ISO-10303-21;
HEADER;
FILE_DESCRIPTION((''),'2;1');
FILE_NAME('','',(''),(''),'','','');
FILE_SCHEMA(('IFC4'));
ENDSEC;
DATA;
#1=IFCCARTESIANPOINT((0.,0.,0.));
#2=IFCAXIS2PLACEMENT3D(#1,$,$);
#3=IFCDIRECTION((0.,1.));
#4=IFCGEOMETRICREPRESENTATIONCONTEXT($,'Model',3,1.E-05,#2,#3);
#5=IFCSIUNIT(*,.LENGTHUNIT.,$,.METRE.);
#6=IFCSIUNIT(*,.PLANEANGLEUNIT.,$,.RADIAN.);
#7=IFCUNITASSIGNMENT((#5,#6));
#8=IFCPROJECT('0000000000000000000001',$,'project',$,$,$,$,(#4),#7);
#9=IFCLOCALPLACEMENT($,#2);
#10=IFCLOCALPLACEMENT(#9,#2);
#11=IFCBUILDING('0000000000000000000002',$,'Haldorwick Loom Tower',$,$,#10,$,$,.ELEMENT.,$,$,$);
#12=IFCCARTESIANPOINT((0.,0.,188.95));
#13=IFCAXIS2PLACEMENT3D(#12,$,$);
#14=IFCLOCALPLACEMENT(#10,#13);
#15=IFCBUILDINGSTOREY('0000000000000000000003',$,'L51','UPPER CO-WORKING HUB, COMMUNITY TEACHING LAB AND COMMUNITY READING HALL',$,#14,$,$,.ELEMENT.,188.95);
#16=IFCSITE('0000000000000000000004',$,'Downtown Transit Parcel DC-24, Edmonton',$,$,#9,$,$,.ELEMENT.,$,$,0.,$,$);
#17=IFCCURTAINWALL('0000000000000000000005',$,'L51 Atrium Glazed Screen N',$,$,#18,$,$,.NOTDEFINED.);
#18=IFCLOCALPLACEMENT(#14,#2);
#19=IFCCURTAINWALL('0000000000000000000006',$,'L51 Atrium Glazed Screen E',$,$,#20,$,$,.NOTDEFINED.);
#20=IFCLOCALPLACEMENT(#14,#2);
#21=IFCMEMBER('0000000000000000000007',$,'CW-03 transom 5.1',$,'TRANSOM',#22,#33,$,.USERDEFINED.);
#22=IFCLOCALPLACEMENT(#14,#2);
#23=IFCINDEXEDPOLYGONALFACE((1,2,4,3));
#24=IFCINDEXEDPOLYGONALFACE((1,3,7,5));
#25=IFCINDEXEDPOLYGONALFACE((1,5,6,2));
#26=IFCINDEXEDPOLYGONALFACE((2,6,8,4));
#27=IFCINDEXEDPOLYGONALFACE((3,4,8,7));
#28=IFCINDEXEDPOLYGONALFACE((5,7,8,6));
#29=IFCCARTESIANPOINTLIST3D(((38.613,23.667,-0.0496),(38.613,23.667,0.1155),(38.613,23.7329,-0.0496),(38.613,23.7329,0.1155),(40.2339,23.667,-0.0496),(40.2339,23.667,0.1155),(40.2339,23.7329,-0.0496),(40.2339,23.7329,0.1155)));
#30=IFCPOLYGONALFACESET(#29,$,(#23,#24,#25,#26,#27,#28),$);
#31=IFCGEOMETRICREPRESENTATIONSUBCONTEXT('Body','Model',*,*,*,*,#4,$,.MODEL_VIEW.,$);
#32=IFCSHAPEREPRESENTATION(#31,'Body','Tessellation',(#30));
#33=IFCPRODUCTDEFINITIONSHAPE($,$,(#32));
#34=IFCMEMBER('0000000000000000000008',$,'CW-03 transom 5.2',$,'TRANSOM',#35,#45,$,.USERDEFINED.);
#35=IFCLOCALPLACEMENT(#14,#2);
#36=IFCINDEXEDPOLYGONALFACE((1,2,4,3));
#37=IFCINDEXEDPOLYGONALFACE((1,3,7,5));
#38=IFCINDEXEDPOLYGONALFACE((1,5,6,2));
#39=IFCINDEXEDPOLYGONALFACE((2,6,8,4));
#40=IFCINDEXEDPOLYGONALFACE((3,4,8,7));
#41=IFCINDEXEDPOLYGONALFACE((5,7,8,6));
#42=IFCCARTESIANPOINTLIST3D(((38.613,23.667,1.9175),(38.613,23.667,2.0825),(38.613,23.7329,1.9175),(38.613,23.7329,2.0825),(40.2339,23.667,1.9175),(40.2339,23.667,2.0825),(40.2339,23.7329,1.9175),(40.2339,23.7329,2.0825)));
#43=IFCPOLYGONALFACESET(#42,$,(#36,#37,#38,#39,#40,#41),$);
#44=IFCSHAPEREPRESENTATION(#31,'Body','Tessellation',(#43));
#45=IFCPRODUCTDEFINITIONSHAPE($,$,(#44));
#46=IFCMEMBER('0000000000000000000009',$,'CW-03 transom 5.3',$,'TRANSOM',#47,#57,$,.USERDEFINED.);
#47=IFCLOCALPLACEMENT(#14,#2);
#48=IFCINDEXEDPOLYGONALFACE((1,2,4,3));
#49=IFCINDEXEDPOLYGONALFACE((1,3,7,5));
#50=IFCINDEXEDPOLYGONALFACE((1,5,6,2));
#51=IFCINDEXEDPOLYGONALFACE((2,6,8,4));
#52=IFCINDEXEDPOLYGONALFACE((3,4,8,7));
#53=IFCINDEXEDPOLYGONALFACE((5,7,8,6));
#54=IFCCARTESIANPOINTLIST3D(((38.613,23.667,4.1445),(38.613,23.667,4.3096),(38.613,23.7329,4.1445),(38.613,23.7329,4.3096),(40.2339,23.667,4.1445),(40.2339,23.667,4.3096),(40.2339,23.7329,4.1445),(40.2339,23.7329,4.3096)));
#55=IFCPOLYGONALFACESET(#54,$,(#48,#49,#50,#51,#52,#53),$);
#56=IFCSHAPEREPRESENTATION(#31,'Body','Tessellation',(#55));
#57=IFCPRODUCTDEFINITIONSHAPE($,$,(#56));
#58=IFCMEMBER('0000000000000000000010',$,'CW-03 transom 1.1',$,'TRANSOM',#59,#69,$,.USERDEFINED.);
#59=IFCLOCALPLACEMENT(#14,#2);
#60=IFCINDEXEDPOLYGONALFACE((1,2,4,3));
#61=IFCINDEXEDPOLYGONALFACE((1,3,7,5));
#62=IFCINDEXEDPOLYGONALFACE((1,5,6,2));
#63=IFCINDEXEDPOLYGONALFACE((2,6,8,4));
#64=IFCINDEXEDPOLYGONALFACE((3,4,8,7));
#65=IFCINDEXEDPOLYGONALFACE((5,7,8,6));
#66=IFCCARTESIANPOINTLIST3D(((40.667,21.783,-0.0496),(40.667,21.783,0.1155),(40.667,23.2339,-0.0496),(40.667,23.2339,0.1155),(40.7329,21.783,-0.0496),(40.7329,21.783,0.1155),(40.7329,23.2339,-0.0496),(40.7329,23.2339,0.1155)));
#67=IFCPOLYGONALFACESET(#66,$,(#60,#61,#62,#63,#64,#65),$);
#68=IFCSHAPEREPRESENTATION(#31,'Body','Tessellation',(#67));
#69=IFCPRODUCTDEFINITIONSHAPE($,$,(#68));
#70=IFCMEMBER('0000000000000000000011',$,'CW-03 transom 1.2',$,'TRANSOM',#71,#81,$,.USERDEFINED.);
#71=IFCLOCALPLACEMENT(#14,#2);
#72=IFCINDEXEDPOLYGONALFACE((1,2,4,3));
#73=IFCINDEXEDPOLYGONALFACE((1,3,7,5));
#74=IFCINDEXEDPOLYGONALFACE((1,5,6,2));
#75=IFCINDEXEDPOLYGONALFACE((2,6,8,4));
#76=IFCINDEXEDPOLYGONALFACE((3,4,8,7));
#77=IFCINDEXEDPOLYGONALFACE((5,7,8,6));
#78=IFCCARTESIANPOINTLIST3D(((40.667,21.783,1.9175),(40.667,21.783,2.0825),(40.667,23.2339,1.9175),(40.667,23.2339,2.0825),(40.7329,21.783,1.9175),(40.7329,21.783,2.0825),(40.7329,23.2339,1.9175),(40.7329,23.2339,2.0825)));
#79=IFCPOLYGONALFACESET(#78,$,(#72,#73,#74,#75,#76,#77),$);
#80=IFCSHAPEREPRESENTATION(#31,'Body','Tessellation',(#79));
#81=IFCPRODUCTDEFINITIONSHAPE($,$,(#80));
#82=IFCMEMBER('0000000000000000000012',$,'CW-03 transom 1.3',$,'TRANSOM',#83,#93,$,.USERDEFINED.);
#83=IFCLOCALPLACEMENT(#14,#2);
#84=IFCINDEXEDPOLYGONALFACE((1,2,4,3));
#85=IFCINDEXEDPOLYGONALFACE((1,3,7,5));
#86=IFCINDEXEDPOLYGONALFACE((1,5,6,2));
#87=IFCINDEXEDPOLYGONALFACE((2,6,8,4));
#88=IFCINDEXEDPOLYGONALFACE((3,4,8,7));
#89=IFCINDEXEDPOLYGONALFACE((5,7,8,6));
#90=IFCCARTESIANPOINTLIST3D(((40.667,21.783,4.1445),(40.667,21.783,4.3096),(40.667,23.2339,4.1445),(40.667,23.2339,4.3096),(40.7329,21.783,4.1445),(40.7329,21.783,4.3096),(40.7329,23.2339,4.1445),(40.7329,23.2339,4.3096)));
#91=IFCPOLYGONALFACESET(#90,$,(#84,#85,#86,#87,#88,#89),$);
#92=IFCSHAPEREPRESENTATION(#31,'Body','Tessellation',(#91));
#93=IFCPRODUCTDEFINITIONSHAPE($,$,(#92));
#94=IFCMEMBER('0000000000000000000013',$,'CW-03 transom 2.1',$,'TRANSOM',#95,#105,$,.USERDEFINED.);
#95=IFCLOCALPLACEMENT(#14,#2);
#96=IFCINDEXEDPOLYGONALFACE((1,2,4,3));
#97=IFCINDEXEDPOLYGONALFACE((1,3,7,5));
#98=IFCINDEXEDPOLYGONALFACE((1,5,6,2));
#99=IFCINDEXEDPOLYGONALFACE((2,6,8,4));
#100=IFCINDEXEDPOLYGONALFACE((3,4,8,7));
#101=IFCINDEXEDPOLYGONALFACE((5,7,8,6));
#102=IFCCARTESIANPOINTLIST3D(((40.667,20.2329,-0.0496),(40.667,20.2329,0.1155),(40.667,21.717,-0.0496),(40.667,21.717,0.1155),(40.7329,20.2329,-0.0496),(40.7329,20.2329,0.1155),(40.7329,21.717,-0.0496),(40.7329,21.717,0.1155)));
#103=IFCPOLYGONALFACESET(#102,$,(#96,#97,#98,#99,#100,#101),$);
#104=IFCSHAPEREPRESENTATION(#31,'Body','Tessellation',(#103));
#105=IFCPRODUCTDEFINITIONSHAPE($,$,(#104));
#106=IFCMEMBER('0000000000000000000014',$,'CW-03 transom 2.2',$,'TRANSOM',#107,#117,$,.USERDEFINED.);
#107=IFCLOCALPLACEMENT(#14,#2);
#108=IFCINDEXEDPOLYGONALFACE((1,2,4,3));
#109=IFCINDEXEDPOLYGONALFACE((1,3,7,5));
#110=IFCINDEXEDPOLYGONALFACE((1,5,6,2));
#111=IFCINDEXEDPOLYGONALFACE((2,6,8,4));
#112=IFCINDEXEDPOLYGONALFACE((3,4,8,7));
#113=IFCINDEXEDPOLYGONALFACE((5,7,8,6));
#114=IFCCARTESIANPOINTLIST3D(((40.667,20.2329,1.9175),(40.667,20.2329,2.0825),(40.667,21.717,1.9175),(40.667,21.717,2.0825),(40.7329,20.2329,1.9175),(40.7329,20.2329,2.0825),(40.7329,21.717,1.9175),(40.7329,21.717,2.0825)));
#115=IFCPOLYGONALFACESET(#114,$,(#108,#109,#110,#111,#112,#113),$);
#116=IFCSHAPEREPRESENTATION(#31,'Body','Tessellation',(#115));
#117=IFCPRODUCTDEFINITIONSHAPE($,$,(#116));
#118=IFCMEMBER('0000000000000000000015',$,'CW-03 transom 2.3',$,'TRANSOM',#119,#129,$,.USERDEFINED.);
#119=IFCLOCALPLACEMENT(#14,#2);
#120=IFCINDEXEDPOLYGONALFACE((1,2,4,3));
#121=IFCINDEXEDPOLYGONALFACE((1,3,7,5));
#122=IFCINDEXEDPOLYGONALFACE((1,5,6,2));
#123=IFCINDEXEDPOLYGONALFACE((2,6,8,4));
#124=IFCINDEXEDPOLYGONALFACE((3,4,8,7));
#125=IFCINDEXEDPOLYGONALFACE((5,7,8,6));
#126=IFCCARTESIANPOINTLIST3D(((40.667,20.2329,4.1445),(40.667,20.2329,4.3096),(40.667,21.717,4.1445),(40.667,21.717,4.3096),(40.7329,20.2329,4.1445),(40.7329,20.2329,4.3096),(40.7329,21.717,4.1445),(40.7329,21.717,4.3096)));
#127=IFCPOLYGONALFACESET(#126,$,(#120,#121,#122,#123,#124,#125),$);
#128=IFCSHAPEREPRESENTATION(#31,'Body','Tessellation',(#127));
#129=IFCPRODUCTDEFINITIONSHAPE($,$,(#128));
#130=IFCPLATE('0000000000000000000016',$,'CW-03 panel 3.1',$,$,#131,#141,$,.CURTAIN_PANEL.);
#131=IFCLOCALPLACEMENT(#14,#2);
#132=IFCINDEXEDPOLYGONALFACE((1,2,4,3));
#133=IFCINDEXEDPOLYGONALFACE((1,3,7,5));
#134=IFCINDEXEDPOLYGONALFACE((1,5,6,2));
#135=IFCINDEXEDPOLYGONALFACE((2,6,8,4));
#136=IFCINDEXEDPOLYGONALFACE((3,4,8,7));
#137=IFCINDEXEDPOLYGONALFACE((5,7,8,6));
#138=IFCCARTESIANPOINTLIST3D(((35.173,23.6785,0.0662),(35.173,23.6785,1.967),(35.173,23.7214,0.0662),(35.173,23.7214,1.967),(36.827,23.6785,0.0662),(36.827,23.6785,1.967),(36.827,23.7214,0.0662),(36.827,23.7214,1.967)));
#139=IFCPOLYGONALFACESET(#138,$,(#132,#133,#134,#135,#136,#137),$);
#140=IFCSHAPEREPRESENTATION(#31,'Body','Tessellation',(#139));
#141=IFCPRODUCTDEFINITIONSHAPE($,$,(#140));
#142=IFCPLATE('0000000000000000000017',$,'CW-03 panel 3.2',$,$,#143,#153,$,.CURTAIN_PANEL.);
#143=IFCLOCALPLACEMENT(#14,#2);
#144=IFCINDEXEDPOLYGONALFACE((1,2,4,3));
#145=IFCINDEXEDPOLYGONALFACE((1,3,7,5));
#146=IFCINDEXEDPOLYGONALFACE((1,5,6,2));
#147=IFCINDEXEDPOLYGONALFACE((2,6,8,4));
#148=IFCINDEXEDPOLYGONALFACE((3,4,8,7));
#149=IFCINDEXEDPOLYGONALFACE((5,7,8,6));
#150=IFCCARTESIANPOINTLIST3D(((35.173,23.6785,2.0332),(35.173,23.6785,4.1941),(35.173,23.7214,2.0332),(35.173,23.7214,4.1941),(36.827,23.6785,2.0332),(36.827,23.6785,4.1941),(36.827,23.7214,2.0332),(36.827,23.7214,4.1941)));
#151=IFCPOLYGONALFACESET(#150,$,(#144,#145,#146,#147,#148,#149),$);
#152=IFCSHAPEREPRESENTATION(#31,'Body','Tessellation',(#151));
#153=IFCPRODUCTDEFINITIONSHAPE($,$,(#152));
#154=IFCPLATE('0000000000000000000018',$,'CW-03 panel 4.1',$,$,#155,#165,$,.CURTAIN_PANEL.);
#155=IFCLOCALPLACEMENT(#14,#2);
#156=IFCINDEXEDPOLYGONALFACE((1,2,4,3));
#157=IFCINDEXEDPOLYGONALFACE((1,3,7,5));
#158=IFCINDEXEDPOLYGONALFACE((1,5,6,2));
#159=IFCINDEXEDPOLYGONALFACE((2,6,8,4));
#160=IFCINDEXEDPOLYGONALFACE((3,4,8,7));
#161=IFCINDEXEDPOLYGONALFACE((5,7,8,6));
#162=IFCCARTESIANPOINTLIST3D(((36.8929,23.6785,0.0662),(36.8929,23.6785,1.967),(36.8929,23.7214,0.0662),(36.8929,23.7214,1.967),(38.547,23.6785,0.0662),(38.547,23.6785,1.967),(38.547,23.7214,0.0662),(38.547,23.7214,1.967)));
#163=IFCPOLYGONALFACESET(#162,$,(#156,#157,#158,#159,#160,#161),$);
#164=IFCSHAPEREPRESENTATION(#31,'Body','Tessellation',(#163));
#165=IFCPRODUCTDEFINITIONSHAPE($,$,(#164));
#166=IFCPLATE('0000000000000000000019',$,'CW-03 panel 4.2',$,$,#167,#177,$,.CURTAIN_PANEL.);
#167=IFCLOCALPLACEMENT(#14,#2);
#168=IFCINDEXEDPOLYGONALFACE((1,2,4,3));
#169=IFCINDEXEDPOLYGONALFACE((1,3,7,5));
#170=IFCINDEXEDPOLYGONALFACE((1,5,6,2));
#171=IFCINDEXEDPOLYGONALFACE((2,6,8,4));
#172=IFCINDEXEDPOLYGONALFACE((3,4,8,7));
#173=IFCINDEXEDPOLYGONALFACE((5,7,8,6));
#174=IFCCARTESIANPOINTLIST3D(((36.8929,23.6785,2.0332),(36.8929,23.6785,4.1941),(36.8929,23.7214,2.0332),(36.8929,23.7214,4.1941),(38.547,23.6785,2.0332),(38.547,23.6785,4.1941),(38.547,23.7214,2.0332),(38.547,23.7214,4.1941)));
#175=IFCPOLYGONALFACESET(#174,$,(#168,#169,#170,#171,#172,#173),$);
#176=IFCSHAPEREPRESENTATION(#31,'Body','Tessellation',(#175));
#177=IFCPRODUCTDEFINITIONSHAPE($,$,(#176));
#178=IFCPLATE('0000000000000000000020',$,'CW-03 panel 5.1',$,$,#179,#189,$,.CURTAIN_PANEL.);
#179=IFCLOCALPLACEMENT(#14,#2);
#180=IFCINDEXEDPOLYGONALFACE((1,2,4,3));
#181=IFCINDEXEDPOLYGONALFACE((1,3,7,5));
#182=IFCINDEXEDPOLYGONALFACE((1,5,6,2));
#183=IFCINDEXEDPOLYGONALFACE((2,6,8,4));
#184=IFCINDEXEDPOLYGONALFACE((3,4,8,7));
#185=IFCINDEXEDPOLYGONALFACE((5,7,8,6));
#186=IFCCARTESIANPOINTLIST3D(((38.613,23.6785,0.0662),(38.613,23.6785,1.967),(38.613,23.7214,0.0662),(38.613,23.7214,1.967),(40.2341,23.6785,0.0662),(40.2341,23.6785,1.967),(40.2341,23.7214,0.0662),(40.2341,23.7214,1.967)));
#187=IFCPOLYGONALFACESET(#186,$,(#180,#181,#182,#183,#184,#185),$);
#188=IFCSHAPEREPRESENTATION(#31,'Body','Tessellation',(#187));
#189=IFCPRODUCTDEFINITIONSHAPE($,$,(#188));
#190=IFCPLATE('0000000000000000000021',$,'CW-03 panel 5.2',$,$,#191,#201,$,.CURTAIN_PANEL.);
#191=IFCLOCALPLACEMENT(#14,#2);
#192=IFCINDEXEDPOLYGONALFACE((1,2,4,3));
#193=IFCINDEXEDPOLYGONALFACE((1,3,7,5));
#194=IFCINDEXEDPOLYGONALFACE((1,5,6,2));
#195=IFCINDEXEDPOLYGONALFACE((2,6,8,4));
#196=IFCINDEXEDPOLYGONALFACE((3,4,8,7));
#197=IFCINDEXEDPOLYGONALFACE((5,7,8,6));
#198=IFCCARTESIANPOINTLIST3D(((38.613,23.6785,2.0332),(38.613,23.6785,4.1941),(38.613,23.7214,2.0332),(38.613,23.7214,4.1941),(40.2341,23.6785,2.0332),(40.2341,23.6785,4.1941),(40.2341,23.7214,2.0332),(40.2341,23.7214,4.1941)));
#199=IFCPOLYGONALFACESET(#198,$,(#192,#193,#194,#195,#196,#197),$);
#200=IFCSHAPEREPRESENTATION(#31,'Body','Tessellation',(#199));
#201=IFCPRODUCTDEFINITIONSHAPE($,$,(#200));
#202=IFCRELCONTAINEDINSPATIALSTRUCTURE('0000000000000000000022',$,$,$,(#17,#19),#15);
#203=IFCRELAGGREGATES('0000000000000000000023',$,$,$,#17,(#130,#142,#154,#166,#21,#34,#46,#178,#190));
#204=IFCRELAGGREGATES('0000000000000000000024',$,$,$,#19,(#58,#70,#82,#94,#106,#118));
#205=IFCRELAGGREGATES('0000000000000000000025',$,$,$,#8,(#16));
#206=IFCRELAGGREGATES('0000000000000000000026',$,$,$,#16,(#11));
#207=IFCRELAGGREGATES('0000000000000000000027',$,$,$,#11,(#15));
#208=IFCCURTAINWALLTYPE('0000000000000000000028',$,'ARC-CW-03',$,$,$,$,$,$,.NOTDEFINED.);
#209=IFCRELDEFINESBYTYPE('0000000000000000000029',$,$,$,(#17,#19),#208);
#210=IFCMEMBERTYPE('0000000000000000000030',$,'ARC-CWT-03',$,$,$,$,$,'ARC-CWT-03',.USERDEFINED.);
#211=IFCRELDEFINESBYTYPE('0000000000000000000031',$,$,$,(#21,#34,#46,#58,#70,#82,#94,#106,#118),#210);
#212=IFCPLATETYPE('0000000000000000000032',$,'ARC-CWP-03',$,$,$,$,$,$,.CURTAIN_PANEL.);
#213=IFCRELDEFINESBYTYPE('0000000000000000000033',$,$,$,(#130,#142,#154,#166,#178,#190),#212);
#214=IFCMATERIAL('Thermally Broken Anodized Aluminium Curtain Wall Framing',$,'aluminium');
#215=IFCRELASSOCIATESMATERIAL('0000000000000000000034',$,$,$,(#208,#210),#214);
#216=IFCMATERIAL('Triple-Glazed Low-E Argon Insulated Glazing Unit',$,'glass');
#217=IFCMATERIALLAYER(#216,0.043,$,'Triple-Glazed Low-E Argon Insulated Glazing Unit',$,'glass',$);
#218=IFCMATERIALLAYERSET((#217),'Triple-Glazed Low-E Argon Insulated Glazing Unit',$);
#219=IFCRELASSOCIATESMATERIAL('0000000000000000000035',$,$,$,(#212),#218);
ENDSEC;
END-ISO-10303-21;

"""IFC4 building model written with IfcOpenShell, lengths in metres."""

from ifc_helpers import new_model, si_unit, direction, frame, origin, origin_2d, place, context, subcontext, project, spatial, rectangle, extrude, material, layer, layer_set, material_profile, profile_set, type_object, element, aggregate, save


model = new_model("IFC4")

# Units and contexts
model_context = context("Model", 3, precision=1e-05, world=origin(), true_north=direction((0.0, 1.0)))
body_context = subcontext(model_context, "Body", "Model", "MODEL_VIEW")
ifc_project = project(units=[si_unit("LENGTHUNIT", "METRE"), si_unit("PLANEANGLEUNIT", "RADIAN")], contexts=[model_context])

# Site, building, storey
site_placement = place(None, origin())
site = spatial("IfcSite", under=ifc_project, at=site_placement, Name="Downtown Transit Parcel DC-24, Edmonton", CompositionType="ELEMENT", RefElevation=0.0)
building_placement = place(site_placement, origin())
building = spatial("IfcBuilding", under=site, at=building_placement, Name="Haldorwick Loom Tower", CompositionType="ELEMENT")
storey_placement = place(building_placement, frame((0.0, 0.0, 188.95)))
storey = spatial("IfcBuildingStorey", under=building, at=storey_placement, Name="L51", Description="UPPER CO-WORKING HUB, COMMUNITY TEACHING LAB AND COMMUNITY READING HALL", CompositionType="ELEMENT", Elevation=188.95)

# Curtain walls
ifc_material_1 = material(Name="Thermally Broken Anodized Aluminium Curtain Wall Framing", Category="aluminium")
curtain_wall_type = type_object("IfcCurtainWallType", Name="ARC-CW-03", PredefinedType="NOTDEFINED", material=ifc_material_1)
curtain_wall_1_placement = place(storey_placement, origin())
curtain_wall_1 = element("IfcCurtainWall", 1, at=curtain_wall_1_placement, inside=storey, type_object=curtain_wall_type, Name="L51 Atrium Glazed Screen N", PredefinedType="NOTDEFINED")
curtain_wall_2_placement = place(storey_placement, origin())
curtain_wall_2 = element("IfcCurtainWall", 2, at=curtain_wall_2_placement, inside=storey, type_object=curtain_wall_type, Name="L51 Atrium Glazed Screen E", PredefinedType="NOTDEFINED")

# Members
ifc_material_profile_1 = material_profile(ifc_material_1, rectangle(XDim=0.0659, YDim=0.165, at=origin_2d()), Name="ALU_TRN_66X165", Category="aluminium")
ifc_profile_set_1 = profile_set([ifc_material_profile_1], Name="Thermally Broken Anodized Aluminium Curtain Wall Framing")
member_type_1 = type_object("IfcMemberType", Name="ARC-CWT-03", ElementType="ARC-CWT-03", PredefinedType="USERDEFINED", material=ifc_profile_set_1)
member_1_placement = place(storey_placement, frame((38.613, 23.7, 0.033), z_axis=(1.0, 0.0, 0.0), x_axis=(0.0, 1.0, 0.0)))
member_1 = element("IfcMember", 3, at=member_1_placement, type_object=member_type_1, Name="CW-03 transom 5.1", ObjectType="TRANSOM", PredefinedType="USERDEFINED", context=body_context, shape_type="SweptSolid", body=[
    extrude(rectangle(XDim=0.0659, YDim=0.165, at=origin_2d()), origin(), (0.0, 0.0, 1.0), 1.6208),
])
member_2_placement = place(storey_placement, frame((38.613, 23.7, 2.0), z_axis=(1.0, 0.0, 0.0), x_axis=(0.0, 1.0, 0.0)))
member_2 = element("IfcMember", 4, at=member_2_placement, type_object=member_type_1, Name="CW-03 transom 5.2", ObjectType="TRANSOM", PredefinedType="USERDEFINED", context=body_context, shape_type="SweptSolid", body=[
    extrude(rectangle(XDim=0.0659, YDim=0.165, at=origin_2d()), origin(), (0.0, 0.0, 1.0), 1.6208),
])
member_3_placement = place(storey_placement, frame((38.613, 23.7, 4.2271), z_axis=(1.0, 0.0, 0.0), x_axis=(0.0, 1.0, 0.0)))
member_3 = element("IfcMember", 5, at=member_3_placement, type_object=member_type_1, Name="CW-03 transom 5.3", ObjectType="TRANSOM", PredefinedType="USERDEFINED", context=body_context, shape_type="SweptSolid", body=[
    extrude(rectangle(XDim=0.0659, YDim=0.165, at=origin_2d()), origin(), (0.0, 0.0, 1.0), 1.6208),
])
member_4_placement = place(storey_placement, frame((40.7, 23.2339, 0.033), z_axis=(0.0, -1.0, 0.0), x_axis=(1.0, 0.0, 0.0)))
member_4 = element("IfcMember", 6, at=member_4_placement, type_object=member_type_1, Name="CW-03 transom 1.1", ObjectType="TRANSOM", PredefinedType="USERDEFINED", context=body_context, shape_type="SweptSolid", body=[
    extrude(rectangle(XDim=0.0659, YDim=0.165, at=origin_2d()), origin(), (0.0, 0.0, 1.0), 1.4509),
])
member_5_placement = place(storey_placement, frame((40.7, 23.2339, 2.0), z_axis=(0.0, -1.0, 0.0), x_axis=(1.0, 0.0, 0.0)))
member_5 = element("IfcMember", 7, at=member_5_placement, type_object=member_type_1, Name="CW-03 transom 1.2", ObjectType="TRANSOM", PredefinedType="USERDEFINED", context=body_context, shape_type="SweptSolid", body=[
    extrude(rectangle(XDim=0.0659, YDim=0.165, at=origin_2d()), origin(), (0.0, 0.0, 1.0), 1.4509),
])
member_6_placement = place(storey_placement, frame((40.7, 23.2339, 4.2271), z_axis=(0.0, -1.0, 0.0), x_axis=(1.0, 0.0, 0.0)))
member_6 = element("IfcMember", 8, at=member_6_placement, type_object=member_type_1, Name="CW-03 transom 1.3", ObjectType="TRANSOM", PredefinedType="USERDEFINED", context=body_context, shape_type="SweptSolid", body=[
    extrude(rectangle(XDim=0.0659, YDim=0.165, at=origin_2d()), origin(), (0.0, 0.0, 1.0), 1.4509),
])
member_7_placement = place(storey_placement, frame((40.7, 21.717, 0.033), z_axis=(0.0, -1.0, 0.0), x_axis=(1.0, 0.0, 0.0)))
member_7 = element("IfcMember", 9, at=member_7_placement, type_object=member_type_1, Name="CW-03 transom 2.1", ObjectType="TRANSOM", PredefinedType="USERDEFINED", context=body_context, shape_type="SweptSolid", body=[
    extrude(rectangle(XDim=0.0659, YDim=0.165, at=origin_2d()), origin(), (0.0, 0.0, 1.0), 1.4841),
])
member_8_placement = place(storey_placement, frame((40.7, 21.717, 2.0), z_axis=(0.0, -1.0, 0.0), x_axis=(1.0, 0.0, 0.0)))
member_8 = element("IfcMember", 10, at=member_8_placement, type_object=member_type_1, Name="CW-03 transom 2.2", ObjectType="TRANSOM", PredefinedType="USERDEFINED", context=body_context, shape_type="SweptSolid", body=[
    extrude(rectangle(XDim=0.0659, YDim=0.165, at=origin_2d()), origin(), (0.0, 0.0, 1.0), 1.4841),
])
member_9_placement = place(storey_placement, frame((40.7, 21.717, 4.2271), z_axis=(0.0, -1.0, 0.0), x_axis=(1.0, 0.0, 0.0)))
member_9 = element("IfcMember", 11, at=member_9_placement, type_object=member_type_1, Name="CW-03 transom 2.3", ObjectType="TRANSOM", PredefinedType="USERDEFINED", context=body_context, shape_type="SweptSolid", body=[
    extrude(rectangle(XDim=0.0659, YDim=0.165, at=origin_2d()), origin(), (0.0, 0.0, 1.0), 1.4841),
])

# Plates
ifc_material_2 = material(Name="Triple-Glazed Low-E Argon Insulated Glazing Unit", Category="glass")
ifc_layer_1 = layer(ifc_material_2, 0.043, Name="Triple-Glazed Low-E Argon Insulated Glazing Unit", Category="glass")
ifc_layer_set_1 = layer_set([ifc_layer_1], Name="Triple-Glazed Low-E Argon Insulated Glazing Unit")
plate_type = type_object("IfcPlateType", Name="ARC-CWP-03", PredefinedType="CURTAIN_PANEL", material=ifc_layer_set_1)
plate_1_placement = place(storey_placement, frame((36.0, 23.7, 0.0662), z_axis=(0.0, 0.0, 1.0), x_axis=(1.0, 0.0, 0.0)))
plate_1 = element("IfcPlate", 12, at=plate_1_placement, type_object=plate_type, Name="CW-03 panel 3.1", PredefinedType="CURTAIN_PANEL", context=body_context, shape_type="SweptSolid", body=[
    extrude(rectangle(XDim=1.6541, YDim=0.043, at=origin_2d()), origin(), (0.0, 0.0, 1.0), 1.9009),
])
plate_2_placement = place(storey_placement, frame((36.0, 23.7, 2.0332), z_axis=(0.0, 0.0, 1.0), x_axis=(1.0, 0.0, 0.0)))
plate_2 = element("IfcPlate", 13, at=plate_2_placement, type_object=plate_type, Name="CW-03 panel 3.2", PredefinedType="CURTAIN_PANEL", context=body_context, shape_type="SweptSolid", body=[
    extrude(rectangle(XDim=1.6541, YDim=0.043, at=origin_2d()), origin(), (0.0, 0.0, 1.0), 2.1609),
])
plate_3_placement = place(storey_placement, frame((37.72, 23.7, 0.0662), z_axis=(0.0, 0.0, 1.0), x_axis=(1.0, 0.0, 0.0)))
plate_3 = element("IfcPlate", 14, at=plate_3_placement, type_object=plate_type, Name="CW-03 panel 4.1", PredefinedType="CURTAIN_PANEL", context=body_context, shape_type="SweptSolid", body=[
    extrude(rectangle(XDim=1.6541, YDim=0.043, at=origin_2d()), origin(), (0.0, 0.0, 1.0), 1.9009),
])
plate_4_placement = place(storey_placement, frame((37.72, 23.7, 2.0332), z_axis=(0.0, 0.0, 1.0), x_axis=(1.0, 0.0, 0.0)))
plate_4 = element("IfcPlate", 15, at=plate_4_placement, type_object=plate_type, Name="CW-03 panel 4.2", PredefinedType="CURTAIN_PANEL", context=body_context, shape_type="SweptSolid", body=[
    extrude(rectangle(XDim=1.6541, YDim=0.043, at=origin_2d()), origin(), (0.0, 0.0, 1.0), 2.1609),
])
plate_5_placement = place(storey_placement, frame((39.4236, 23.7, 0.0662), z_axis=(0.0, 0.0, 1.0), x_axis=(1.0, 0.0, 0.0)))
plate_5 = element("IfcPlate", 16, at=plate_5_placement, type_object=plate_type, Name="CW-03 panel 5.1", PredefinedType="CURTAIN_PANEL", context=body_context, shape_type="SweptSolid", body=[
    extrude(rectangle(XDim=1.6211, YDim=0.043, at=origin_2d()), origin(), (0.0, 0.0, 1.0), 1.9009),
])
plate_6_placement = place(storey_placement, frame((39.4236, 23.7, 2.0332), z_axis=(0.0, 0.0, 1.0), x_axis=(1.0, 0.0, 0.0)))
plate_6 = element("IfcPlate", 17, at=plate_6_placement, type_object=plate_type, Name="CW-03 panel 5.2", PredefinedType="CURTAIN_PANEL", context=body_context, shape_type="SweptSolid", body=[
    extrude(rectangle(XDim=1.6211, YDim=0.043, at=origin_2d()), origin(), (0.0, 0.0, 1.0), 2.1609),
])
aggregate(curtain_wall_1, [plate_1, plate_2, plate_3, plate_4, member_1, member_2, member_3, plate_5, plate_6])
aggregate(curtain_wall_2, [member_4, member_5, member_6, member_7, member_8, member_9])

save(model, "model.ifc")
